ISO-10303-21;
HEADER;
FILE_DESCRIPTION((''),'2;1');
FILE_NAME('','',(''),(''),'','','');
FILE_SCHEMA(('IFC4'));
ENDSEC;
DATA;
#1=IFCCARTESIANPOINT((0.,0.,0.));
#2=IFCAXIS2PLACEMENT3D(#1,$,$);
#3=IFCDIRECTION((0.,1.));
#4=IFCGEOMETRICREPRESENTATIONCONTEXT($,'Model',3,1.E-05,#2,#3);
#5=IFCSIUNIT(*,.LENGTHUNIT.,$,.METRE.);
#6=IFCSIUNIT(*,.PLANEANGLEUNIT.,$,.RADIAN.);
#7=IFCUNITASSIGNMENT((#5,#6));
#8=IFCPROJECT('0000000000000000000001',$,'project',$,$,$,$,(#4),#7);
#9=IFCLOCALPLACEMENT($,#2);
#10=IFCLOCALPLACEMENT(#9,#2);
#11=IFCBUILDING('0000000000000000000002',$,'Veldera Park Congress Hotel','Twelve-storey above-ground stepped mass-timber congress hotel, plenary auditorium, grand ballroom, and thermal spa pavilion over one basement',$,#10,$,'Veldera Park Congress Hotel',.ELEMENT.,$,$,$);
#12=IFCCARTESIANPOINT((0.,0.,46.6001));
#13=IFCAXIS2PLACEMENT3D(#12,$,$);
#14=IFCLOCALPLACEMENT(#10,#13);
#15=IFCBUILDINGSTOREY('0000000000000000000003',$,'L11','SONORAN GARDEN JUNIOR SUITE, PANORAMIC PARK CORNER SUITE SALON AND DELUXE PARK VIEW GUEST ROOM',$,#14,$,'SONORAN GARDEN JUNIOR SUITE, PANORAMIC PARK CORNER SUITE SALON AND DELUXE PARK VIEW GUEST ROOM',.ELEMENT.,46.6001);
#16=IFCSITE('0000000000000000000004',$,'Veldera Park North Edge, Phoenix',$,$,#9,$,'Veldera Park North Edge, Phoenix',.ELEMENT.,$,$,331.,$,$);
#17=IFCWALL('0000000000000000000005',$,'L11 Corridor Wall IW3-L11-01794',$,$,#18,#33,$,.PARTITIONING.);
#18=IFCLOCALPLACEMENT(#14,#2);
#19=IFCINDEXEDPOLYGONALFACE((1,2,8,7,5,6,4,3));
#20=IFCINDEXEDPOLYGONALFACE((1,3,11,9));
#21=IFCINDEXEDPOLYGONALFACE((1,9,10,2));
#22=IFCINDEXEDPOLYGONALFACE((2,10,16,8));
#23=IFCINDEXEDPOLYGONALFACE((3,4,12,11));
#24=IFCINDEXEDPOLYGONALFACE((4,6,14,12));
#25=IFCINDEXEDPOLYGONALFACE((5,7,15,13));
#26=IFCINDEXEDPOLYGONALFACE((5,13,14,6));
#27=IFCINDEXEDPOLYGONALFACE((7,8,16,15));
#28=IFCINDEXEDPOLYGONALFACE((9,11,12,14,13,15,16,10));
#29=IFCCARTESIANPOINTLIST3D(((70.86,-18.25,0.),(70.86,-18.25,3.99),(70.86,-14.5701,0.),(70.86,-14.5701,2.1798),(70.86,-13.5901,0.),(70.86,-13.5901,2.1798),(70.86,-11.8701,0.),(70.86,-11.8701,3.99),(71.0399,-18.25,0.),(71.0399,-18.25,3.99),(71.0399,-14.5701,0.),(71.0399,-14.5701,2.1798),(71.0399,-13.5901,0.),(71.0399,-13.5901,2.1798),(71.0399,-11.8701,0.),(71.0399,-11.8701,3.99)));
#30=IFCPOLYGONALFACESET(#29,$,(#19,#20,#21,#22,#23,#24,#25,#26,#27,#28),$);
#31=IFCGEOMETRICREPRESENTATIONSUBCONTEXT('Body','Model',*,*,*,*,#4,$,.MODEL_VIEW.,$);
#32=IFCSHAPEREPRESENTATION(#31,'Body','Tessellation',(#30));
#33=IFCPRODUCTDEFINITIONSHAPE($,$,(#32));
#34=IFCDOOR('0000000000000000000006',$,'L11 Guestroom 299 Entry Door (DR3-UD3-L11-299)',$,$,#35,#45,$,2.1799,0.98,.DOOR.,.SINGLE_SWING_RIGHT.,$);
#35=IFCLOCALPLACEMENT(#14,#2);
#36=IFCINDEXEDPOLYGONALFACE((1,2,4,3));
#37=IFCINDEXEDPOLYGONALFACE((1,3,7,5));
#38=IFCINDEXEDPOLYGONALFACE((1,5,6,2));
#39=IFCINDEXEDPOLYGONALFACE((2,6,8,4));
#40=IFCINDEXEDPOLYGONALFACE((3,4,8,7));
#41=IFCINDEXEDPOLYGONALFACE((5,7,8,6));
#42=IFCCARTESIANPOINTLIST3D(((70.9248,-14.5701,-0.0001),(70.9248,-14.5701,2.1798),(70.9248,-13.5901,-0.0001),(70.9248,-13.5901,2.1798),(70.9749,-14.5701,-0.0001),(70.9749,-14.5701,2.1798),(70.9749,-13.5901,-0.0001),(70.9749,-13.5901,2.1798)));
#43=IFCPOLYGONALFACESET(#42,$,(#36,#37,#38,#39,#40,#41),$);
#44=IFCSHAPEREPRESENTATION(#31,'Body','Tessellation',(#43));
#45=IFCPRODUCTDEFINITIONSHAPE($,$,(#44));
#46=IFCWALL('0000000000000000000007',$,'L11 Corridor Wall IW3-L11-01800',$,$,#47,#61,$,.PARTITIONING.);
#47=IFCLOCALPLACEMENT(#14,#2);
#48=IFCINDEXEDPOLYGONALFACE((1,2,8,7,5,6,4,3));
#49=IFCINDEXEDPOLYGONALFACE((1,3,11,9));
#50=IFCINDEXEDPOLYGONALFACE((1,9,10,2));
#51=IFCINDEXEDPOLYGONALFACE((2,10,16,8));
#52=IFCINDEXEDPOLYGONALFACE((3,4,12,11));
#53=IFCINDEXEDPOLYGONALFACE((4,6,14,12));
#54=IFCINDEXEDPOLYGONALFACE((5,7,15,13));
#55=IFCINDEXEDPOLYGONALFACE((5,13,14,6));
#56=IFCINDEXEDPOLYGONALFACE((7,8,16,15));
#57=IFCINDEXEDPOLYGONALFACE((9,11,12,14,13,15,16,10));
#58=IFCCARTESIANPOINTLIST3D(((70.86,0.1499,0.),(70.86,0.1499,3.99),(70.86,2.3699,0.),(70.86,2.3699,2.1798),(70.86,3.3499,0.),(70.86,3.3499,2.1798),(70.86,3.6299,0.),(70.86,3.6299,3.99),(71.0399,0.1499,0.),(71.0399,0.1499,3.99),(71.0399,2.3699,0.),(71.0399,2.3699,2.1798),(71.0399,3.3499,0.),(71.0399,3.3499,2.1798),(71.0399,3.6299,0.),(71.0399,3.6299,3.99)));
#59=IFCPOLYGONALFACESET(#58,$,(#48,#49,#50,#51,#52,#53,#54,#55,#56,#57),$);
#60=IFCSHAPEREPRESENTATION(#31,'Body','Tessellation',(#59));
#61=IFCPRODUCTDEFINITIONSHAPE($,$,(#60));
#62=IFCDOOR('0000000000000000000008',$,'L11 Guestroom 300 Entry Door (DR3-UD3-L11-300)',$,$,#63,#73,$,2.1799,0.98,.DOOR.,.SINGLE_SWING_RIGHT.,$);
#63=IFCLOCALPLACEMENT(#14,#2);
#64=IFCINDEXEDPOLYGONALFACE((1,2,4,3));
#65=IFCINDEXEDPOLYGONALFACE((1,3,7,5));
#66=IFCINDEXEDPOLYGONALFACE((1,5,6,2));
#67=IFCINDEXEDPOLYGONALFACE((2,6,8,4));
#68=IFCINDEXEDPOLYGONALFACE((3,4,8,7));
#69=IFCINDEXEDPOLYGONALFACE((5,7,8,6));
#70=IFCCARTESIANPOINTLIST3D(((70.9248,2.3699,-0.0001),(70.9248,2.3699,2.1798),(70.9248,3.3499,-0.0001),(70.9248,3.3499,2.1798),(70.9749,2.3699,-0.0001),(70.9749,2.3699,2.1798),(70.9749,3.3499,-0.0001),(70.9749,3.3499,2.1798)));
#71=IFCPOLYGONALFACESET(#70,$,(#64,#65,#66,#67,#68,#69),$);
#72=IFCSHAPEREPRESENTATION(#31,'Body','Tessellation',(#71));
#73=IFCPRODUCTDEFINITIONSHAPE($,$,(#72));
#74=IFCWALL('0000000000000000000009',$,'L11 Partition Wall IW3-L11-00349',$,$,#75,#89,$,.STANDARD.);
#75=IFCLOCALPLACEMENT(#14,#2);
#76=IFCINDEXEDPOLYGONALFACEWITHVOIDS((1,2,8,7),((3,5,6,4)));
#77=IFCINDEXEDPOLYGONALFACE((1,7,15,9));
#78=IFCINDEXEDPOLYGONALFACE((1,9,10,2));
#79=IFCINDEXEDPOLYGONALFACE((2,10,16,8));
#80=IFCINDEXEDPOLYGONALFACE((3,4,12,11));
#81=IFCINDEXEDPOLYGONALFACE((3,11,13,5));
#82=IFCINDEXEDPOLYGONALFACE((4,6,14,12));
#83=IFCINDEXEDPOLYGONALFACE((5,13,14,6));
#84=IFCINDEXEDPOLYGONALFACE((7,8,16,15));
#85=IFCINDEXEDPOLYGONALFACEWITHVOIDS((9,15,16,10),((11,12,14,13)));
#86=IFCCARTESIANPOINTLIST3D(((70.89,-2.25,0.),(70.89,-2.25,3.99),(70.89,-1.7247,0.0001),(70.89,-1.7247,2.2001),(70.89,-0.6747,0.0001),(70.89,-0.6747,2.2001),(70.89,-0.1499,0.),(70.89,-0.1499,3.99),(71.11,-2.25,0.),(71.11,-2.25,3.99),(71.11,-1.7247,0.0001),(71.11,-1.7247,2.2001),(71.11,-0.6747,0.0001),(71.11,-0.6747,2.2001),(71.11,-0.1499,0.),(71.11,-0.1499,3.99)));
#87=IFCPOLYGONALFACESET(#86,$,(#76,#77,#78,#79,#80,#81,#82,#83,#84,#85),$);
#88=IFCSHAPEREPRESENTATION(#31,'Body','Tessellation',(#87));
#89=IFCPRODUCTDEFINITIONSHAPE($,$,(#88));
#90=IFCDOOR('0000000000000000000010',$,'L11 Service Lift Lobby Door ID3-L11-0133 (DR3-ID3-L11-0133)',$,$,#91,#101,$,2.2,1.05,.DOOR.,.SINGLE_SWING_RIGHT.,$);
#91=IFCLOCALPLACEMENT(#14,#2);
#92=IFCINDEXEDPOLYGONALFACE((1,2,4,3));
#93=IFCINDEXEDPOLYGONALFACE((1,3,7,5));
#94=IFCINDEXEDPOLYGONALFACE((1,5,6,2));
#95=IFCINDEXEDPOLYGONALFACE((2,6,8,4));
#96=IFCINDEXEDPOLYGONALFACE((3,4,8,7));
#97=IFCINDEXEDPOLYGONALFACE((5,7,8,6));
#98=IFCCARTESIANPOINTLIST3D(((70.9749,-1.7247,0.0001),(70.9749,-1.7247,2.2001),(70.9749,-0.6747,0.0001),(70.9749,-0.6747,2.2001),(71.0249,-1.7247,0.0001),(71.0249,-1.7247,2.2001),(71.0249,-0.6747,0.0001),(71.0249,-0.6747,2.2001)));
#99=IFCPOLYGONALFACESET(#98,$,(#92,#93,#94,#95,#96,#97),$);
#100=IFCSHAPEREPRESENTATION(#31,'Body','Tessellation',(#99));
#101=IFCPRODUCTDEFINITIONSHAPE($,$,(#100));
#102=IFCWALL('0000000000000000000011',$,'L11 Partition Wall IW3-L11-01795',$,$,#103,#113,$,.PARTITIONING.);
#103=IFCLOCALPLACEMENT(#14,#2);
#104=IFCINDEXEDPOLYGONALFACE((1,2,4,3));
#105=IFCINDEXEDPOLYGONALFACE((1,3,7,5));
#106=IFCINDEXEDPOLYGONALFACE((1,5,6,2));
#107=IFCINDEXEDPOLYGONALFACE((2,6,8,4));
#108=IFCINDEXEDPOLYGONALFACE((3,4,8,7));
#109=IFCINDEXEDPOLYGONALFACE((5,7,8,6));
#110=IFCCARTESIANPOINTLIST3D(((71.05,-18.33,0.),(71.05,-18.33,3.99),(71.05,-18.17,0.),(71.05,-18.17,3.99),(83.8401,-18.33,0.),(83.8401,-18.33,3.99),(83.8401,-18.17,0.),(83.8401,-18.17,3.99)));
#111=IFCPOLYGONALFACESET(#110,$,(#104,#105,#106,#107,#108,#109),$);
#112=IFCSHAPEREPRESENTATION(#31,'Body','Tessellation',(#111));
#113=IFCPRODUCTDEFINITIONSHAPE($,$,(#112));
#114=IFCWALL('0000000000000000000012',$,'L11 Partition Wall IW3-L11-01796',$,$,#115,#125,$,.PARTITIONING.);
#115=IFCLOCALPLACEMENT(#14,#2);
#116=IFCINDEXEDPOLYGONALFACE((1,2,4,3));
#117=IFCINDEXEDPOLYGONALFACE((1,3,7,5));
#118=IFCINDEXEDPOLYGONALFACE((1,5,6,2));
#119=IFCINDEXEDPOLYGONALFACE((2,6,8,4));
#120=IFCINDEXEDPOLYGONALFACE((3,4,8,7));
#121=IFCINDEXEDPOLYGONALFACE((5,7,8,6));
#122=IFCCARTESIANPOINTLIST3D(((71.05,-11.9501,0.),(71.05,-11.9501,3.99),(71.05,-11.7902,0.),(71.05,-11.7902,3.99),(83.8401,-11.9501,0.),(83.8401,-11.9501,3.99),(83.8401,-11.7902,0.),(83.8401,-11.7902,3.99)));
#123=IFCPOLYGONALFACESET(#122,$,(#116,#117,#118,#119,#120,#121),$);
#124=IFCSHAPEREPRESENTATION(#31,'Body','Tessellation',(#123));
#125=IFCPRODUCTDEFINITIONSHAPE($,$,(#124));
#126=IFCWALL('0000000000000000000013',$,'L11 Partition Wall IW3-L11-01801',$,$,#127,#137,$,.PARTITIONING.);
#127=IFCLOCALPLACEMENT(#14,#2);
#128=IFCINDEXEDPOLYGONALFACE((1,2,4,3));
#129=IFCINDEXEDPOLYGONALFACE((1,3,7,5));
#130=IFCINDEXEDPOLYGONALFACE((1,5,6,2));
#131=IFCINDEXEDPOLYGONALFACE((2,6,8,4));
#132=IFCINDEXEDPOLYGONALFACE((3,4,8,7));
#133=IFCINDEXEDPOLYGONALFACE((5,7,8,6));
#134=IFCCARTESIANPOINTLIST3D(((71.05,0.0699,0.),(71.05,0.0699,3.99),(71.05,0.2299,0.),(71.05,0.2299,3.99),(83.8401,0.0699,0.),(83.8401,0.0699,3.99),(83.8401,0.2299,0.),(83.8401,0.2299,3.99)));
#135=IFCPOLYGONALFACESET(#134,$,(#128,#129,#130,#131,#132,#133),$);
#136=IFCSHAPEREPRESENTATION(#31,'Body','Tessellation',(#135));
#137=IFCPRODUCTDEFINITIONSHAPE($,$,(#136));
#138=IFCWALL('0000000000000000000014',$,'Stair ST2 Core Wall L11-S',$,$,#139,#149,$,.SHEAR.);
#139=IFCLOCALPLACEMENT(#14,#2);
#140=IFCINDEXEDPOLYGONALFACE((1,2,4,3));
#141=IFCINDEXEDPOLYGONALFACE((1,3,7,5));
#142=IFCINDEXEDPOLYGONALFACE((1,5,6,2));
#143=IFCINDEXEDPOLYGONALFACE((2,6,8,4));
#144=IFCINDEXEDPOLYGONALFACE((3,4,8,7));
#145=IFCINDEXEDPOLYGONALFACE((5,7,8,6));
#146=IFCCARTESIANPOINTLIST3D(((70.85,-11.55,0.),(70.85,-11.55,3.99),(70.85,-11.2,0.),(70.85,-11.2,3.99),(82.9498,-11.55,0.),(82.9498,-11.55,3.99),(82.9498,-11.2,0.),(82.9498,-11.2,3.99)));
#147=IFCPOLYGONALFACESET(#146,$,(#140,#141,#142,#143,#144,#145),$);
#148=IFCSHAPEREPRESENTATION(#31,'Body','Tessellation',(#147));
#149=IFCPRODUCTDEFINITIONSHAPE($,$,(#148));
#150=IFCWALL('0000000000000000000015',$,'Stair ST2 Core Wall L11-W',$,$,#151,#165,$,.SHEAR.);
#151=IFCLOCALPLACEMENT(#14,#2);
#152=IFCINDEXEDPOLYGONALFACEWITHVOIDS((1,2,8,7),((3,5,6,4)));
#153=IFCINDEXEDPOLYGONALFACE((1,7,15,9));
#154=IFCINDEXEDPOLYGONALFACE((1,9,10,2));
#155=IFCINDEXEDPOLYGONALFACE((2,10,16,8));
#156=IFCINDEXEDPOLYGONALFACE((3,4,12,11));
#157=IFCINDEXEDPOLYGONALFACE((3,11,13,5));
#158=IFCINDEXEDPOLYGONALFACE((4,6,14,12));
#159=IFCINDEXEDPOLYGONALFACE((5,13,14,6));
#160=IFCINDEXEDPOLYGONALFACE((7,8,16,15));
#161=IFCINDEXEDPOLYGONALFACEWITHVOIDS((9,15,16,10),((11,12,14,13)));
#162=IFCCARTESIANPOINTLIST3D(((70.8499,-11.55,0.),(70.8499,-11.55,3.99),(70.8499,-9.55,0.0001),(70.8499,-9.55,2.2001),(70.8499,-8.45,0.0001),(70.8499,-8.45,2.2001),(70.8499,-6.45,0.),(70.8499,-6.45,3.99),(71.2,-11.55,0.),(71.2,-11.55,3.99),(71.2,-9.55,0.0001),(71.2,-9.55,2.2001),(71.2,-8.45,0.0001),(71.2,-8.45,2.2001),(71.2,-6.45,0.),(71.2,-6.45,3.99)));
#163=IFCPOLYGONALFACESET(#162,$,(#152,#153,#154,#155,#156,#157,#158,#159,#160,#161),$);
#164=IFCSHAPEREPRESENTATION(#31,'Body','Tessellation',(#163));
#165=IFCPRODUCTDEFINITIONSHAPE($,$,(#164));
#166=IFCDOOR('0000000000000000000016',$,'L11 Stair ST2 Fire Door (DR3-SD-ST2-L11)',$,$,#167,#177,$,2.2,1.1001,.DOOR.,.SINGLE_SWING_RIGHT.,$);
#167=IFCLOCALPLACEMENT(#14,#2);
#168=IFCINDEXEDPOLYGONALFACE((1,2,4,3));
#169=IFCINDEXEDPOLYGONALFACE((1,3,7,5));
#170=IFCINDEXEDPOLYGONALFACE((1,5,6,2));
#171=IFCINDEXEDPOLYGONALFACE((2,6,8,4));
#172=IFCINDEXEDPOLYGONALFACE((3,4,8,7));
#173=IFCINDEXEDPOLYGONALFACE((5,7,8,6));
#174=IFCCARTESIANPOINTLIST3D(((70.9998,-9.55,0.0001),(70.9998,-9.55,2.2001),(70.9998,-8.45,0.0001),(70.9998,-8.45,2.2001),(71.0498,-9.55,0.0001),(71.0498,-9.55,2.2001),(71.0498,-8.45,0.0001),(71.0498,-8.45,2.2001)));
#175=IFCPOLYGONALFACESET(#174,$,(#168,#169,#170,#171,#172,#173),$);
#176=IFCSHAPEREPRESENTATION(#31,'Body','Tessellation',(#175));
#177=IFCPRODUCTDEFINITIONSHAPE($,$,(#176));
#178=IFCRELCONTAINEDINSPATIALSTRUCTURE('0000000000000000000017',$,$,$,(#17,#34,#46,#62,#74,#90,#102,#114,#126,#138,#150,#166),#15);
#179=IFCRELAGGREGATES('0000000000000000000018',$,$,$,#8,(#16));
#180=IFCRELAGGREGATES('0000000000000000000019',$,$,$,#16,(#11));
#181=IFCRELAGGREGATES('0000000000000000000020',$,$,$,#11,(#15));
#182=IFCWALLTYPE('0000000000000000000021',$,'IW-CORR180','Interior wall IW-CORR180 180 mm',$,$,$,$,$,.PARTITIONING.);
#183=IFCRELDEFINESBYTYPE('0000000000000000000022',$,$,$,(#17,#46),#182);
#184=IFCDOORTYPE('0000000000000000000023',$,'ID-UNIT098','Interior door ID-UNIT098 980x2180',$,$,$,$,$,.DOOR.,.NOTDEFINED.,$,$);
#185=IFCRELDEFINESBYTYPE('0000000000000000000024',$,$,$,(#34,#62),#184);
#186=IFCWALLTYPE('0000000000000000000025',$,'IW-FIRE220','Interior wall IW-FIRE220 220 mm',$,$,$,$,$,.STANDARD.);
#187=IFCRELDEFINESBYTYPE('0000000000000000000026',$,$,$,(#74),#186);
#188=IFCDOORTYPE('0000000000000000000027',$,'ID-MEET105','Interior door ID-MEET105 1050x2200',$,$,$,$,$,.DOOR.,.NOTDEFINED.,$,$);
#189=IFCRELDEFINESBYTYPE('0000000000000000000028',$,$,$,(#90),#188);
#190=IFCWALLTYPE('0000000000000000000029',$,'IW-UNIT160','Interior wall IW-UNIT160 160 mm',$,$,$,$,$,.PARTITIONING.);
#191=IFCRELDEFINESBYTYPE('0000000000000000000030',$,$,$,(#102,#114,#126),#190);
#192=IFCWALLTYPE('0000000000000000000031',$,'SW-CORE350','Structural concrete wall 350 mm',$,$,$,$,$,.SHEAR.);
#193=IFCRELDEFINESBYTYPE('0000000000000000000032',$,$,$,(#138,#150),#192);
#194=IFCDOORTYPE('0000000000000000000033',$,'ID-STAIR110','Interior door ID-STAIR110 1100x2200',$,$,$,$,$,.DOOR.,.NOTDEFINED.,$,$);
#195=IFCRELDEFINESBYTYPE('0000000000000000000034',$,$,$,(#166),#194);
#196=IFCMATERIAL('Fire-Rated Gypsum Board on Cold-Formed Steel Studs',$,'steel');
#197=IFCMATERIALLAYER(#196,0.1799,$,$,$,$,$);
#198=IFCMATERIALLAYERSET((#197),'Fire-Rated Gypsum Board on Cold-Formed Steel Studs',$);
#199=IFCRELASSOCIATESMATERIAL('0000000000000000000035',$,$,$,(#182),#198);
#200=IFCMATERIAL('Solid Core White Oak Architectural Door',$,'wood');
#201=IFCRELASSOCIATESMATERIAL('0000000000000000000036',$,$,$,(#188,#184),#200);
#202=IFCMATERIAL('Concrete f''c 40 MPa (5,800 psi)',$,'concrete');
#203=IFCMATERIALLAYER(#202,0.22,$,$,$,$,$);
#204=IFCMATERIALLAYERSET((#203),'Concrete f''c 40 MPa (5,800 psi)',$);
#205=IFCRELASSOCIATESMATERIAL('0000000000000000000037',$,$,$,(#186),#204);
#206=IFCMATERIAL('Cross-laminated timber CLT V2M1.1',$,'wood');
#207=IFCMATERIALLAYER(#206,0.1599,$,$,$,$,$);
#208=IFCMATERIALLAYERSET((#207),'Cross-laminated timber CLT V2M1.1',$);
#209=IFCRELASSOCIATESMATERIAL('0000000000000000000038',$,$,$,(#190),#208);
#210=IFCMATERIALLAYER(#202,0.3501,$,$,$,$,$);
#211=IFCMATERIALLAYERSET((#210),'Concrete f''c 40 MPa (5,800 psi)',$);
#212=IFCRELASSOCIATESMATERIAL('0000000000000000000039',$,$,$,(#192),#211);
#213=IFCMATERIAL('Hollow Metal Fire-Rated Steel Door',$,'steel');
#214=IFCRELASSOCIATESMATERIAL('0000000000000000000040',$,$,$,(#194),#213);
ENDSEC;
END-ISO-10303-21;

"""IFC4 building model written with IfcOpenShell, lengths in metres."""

from ifc_helpers import new_model, si_unit, direction, frame, frame_2d, origin, place, context, subcontext, project, spatial, rectangle, extrude, material, layer, layer_set, type_object, element, fill, save


model = new_model("IFC4")

# Units and contexts
model_context = context("Model", 3, precision=1e-05, world=origin(), true_north=direction((0.0, 1.0)))
body_context = subcontext(model_context, "Body", "Model", "MODEL_VIEW")
ifc_project = project(units=[si_unit("LENGTHUNIT", "METRE"), si_unit("PLANEANGLEUNIT", "RADIAN")], contexts=[model_context])

# Site, building, storey
site_placement = place(None, origin())
site = spatial("IfcSite", under=ifc_project, at=site_placement, Name="Veldera Park North Edge, Phoenix", LongName="Veldera Park North Edge, Phoenix", CompositionType="ELEMENT", RefElevation=331.0)
building_placement = place(site_placement, origin())
building = spatial("IfcBuilding", under=site, at=building_placement, Name="Veldera Park Congress Hotel", Description="Twelve-storey above-ground stepped mass-timber congress hotel, plenary auditorium, grand ballroom, and thermal spa pavilion over one basement", LongName="Veldera Park Congress Hotel", CompositionType="ELEMENT")
storey_placement = place(building_placement, frame((0.0, 0.0, 46.6001)))
storey = spatial("IfcBuildingStorey", under=building, at=storey_placement, Name="L11", Description="SONORAN GARDEN JUNIOR SUITE, PANORAMIC PARK CORNER SUITE SALON AND DELUXE PARK VIEW GUEST ROOM", LongName="SONORAN GARDEN JUNIOR SUITE, PANORAMIC PARK CORNER SUITE SALON AND DELUXE PARK VIEW GUEST ROOM", CompositionType="ELEMENT", Elevation=46.6001)

# Shared definitions
ifc_material_1 = material(Name="Cross-laminated timber CLT V2M1.1", Category="wood")

# Shared definitions
ifc_material_2 = material(Name="Fire-Rated Gypsum Board on Cold-Formed Steel Studs", Category="steel")

# Shared definitions
ifc_material_3 = material(Name="Solid Core White Oak Architectural Door", Category="wood")

# Shared definitions
ifc_layer_1 = layer(ifc_material_2, 0.1799)
ifc_layer_set_1 = layer_set([ifc_layer_1], Name="Fire-Rated Gypsum Board on Cold-Formed Steel Studs")
wall_type_1 = type_object("IfcWallType", Name="IW-CORR180", Description="Interior wall IW-CORR180 180 mm", PredefinedType="PARTITIONING", material=ifc_layer_set_1)
door_type_1 = type_object("IfcDoorType", Name="ID-MEET105", Description="Interior door ID-MEET105 1050x2200", OperationType="NOTDEFINED", PredefinedType="DOOR", material=ifc_material_3)

# Walls, openings, doors
wall_1_placement = place(storey_placement, frame((70.95, -11.8701, 0.0), z_axis=(0.0, 0.0, 1.0), x_axis=(0.0, -1.0, 0.0)))
wall_1 = element("IfcWall", 1, at=wall_1_placement, inside=storey, type_object=wall_type_1, Name="L11 Corridor Wall IW3-L11-01794", PredefinedType="PARTITIONING", context=body_context, shape_type="SweptSolid", body=[
    extrude(rectangle(XDim=6.3799, YDim=0.1799, at=frame_2d((3.1899, 0.0))), origin(), (0.0, 0.0, 1.0), 3.99),
])
opening_1_placement = place(wall_1_placement, frame((1.72, 0.0, 0.0)))
opening_1 = element("IfcOpeningElement", 2, at=opening_1_placement, cuts=wall_1, PredefinedType="OPENING", context=body_context, shape_type="SweptSolid", body=[
    extrude(rectangle(XDim=0.98, YDim=2.1799, at=frame_2d((0.49, 1.0898))), frame((0.0, 0.1021, 0.0), z_axis=(0.0, -1.0, 0.0), x_axis=(1.0, 0.0, 0.0)), (0.0, 0.0, 1.0), 0.2039),
])
door_type_2 = type_object("IfcDoorType", Name="ID-UNIT098", Description="Interior door ID-UNIT098 980x2180", OperationType="NOTDEFINED", PredefinedType="DOOR", material=ifc_material_3)
door_1_placement = place(opening_1_placement, origin())
door_1 = element("IfcDoor", 3, at=door_1_placement, inside=storey, type_object=door_type_2, Name="L11 Guestroom 299 Entry Door (DR3-UD3-L11-299)", OperationType="SINGLE_SWING_RIGHT", OverallHeight=2.1799, OverallWidth=0.98, PredefinedType="DOOR", context=body_context, shape_type="SweptSolid", body=[
    extrude(rectangle(XDim=0.98, YDim=2.1799, at=frame_2d((0.49, 1.0898))), frame((0.0, 0.0249, 0.0), z_axis=(0.0, -1.0, 0.0), x_axis=(1.0, 0.0, 0.0)), (0.0, 0.0, 1.0), 0.05),
])
fill(opening_1, door_1)
wall_2_placement = place(storey_placement, frame((70.95, 3.6299, 0.0), z_axis=(0.0, 0.0, 1.0), x_axis=(0.0, -1.0, 0.0)))
wall_2 = element("IfcWall", 4, at=wall_2_placement, inside=storey, type_object=wall_type_1, Name="L11 Corridor Wall IW3-L11-01800", PredefinedType="PARTITIONING", context=body_context, shape_type="SweptSolid", body=[
    extrude(rectangle(XDim=3.48, YDim=0.1799, at=frame_2d((1.74, 0.0))), origin(), (0.0, 0.0, 1.0), 3.99),
])
opening_2_placement = place(wall_2_placement, frame((0.28, 0.0, 0.0)))
opening_2 = element("IfcOpeningElement", 5, at=opening_2_placement, cuts=wall_2, PredefinedType="OPENING", context=body_context, shape_type="SweptSolid", body=[
    extrude(rectangle(XDim=0.98, YDim=2.1799, at=frame_2d((0.49, 1.0898))), frame((0.0, 0.1021, 0.0), z_axis=(0.0, -1.0, 0.0), x_axis=(1.0, 0.0, 0.0)), (0.0, 0.0, 1.0), 0.2039),
])
door_2_placement = place(opening_2_placement, origin())
door_2 = element("IfcDoor", 6, at=door_2_placement, inside=storey, type_object=door_type_2, Name="L11 Guestroom 300 Entry Door (DR3-UD3-L11-300)", OperationType="SINGLE_SWING_RIGHT", OverallHeight=2.1799, OverallWidth=0.98, PredefinedType="DOOR", context=body_context, shape_type="SweptSolid", body=[
    extrude(rectangle(XDim=0.98, YDim=2.1799, at=frame_2d((0.49, 1.0898))), frame((0.0, 0.0249, 0.0), z_axis=(0.0, -1.0, 0.0), x_axis=(1.0, 0.0, 0.0)), (0.0, 0.0, 1.0), 0.05),
])
fill(opening_2, door_2)
ifc_material_4 = material(Name="Concrete f'c 40 MPa (5,800 psi)", Category="concrete")
ifc_layer_2 = layer(ifc_material_4, 0.22)
ifc_layer_set_2 = layer_set([ifc_layer_2], Name="Concrete f'c 40 MPa (5,800 psi)")
wall_type_2 = type_object("IfcWallType", Name="IW-FIRE220", Description="Interior wall IW-FIRE220 220 mm", PredefinedType="STANDARD", material=ifc_layer_set_2)
wall_3_placement = place(storey_placement, frame((71.0, -0.1499, 0.0), z_axis=(0.0, 0.0, 1.0), x_axis=(0.0, -1.0, 0.0)))
wall_3 = element("IfcWall", 7, at=wall_3_placement, inside=storey, type_object=wall_type_2, Name="L11 Partition Wall IW3-L11-00349", PredefinedType="STANDARD", context=body_context, shape_type="SweptSolid", body=[
    extrude(rectangle(XDim=2.1001, YDim=0.22, at=frame_2d((1.05, 0.0))), origin(), (0.0, 0.0, 1.0), 3.99),
])
opening_3_placement = place(wall_3_placement, frame((0.5249, 0.0, 0.0)))
opening_3 = element("IfcOpeningElement", 8, at=opening_3_placement, cuts=wall_3, PredefinedType="OPENING", context=body_context, shape_type="SweptSolid", body=[
    extrude(rectangle(XDim=1.05, YDim=2.2, at=frame_2d((0.5249, 1.1001))), frame((0.0, 0.1221, 0.0), z_axis=(0.0, -1.0, 0.0), x_axis=(1.0, 0.0, 0.0)), (0.0, 0.0, 1.0), 0.2439),
])
door_3_placement = place(opening_3_placement, origin())
door_3 = element("IfcDoor", 9, at=door_3_placement, inside=storey, type_object=door_type_1, Name="L11 Service Lift Lobby Door ID3-L11-0133 (DR3-ID3-L11-0133)", OperationType="SINGLE_SWING_RIGHT", OverallHeight=2.2, OverallWidth=1.05, PredefinedType="DOOR", context=body_context, shape_type="SweptSolid", body=[
    extrude(rectangle(XDim=1.05, YDim=2.2, at=frame_2d((0.5249, 1.1001))), frame((0.0, 0.0249, 0.0), z_axis=(0.0, -1.0, 0.0), x_axis=(1.0, 0.0, 0.0)), (0.0, 0.0, 1.0), 0.05),
])
fill(opening_3, door_3)

# Walls
ifc_layer_3 = layer(ifc_material_1, 0.1599)
ifc_layer_set_3 = layer_set([ifc_layer_3], Name="Cross-laminated timber CLT V2M1.1")
wall_type_3 = type_object("IfcWallType", Name="IW-UNIT160", Description="Interior wall IW-UNIT160 160 mm", PredefinedType="PARTITIONING", material=ifc_layer_set_3)
for number, where, z_axis, x_axis, name in (
    (10, (71.05, -18.25, 0.0), (0.0, 0.0, 1.0), (1.0, 0.0, 0.0), "L11 Partition Wall IW3-L11-01795"),
    (11, (71.05, -11.8701, 0.0), (0.0, 0.0, 1.0), (1.0, 0.0, 0.0), "L11 Partition Wall IW3-L11-01796"),
    (12, (71.05, 0.1499, 0.0), (0.0, 0.0, 1.0), (1.0, 0.0, 0.0), "L11 Partition Wall IW3-L11-01801"),
):
    element("IfcWall", number, at=place(storey_placement, frame(where, z_axis=z_axis, x_axis=x_axis)), inside=storey, type_object=wall_type_3, Name=name, PredefinedType="PARTITIONING", context=body_context, shape_type="SweptSolid", body=[
        extrude(rectangle(XDim=12.79, YDim=0.1599, at=frame_2d((6.395, 0.0))), origin(), (0.0, 0.0, 1.0), 3.99),
    ])
ifc_layer_4 = layer(ifc_material_4, 0.3501)
ifc_layer_set_4 = layer_set([ifc_layer_4], Name="Concrete f'c 40 MPa (5,800 psi)")
wall_type_4 = type_object("IfcWallType", Name="SW-CORE350", Description="Structural concrete wall 350 mm", PredefinedType="SHEAR", material=ifc_layer_set_4)
wall_4_placement = place(storey_placement, frame((70.8501, -11.375, 0.0), z_axis=(0.0, 0.0, 1.0), x_axis=(1.0, 0.0, 0.0)))
element("IfcWall", 13, at=wall_4_placement, inside=storey, type_object=wall_type_4, Name="Stair ST2 Core Wall L11-S", PredefinedType="SHEAR", context=body_context, shape_type="SweptSolid", body=[
    extrude(rectangle(XDim=12.0999, YDim=0.3501, at=frame_2d((6.0498, 0.0))), origin(), (0.0, 0.0, 1.0), 3.99),
])

# Wall, opening, door
wall_5_placement = place(storey_placement, frame((71.0249, -6.45, 0.0), z_axis=(0.0, 0.0, 1.0), x_axis=(0.0, -1.0, 0.0)))
wall_5 = element("IfcWall", 14, at=wall_5_placement, inside=storey, type_object=wall_type_4, Name="Stair ST2 Core Wall L11-W", PredefinedType="SHEAR", context=body_context, shape_type="SweptSolid", body=[
    extrude(rectangle(XDim=5.1001, YDim=0.3501, at=frame_2d((2.55, 0.0))), origin(), (0.0, 0.0, 1.0), 3.99),
])
opening_4_placement = place(wall_5_placement, frame((2.0, 0.0, 0.0)))
opening_4 = element("IfcOpeningElement", 15, at=opening_4_placement, cuts=wall_5, PredefinedType="OPENING", context=body_context, shape_type="SweptSolid", body=[
    extrude(rectangle(XDim=1.1001, YDim=2.2, at=frame_2d((0.55, 1.1001))), frame((0.0, 0.187, 0.0), z_axis=(0.0, -1.0, 0.0), x_axis=(1.0, 0.0, 0.0)), (0.0, 0.0, 1.0), 0.374),
])
ifc_material_5 = material(Name="Hollow Metal Fire-Rated Steel Door", Category="steel")
door_type_3 = type_object("IfcDoorType", Name="ID-STAIR110", Description="Interior door ID-STAIR110 1100x2200", OperationType="NOTDEFINED", PredefinedType="DOOR", material=ifc_material_5)
door_4_placement = place(opening_4_placement, origin())
door_4 = element("IfcDoor", 16, at=door_4_placement, inside=storey, type_object=door_type_3, Name="L11 Stair ST2 Fire Door (DR3-SD-ST2-L11)", OperationType="SINGLE_SWING_RIGHT", OverallHeight=2.2, OverallWidth=1.1001, PredefinedType="DOOR", context=body_context, shape_type="SweptSolid", body=[
    extrude(rectangle(XDim=1.1001, YDim=2.2, at=frame_2d((0.55, 1.1001))), frame((0.0, 0.0249, 0.0), z_axis=(0.0, -1.0, 0.0), x_axis=(1.0, 0.0, 0.0)), (0.0, 0.0, 1.0), 0.05),
])
fill(opening_4, door_4)

save(model, "model.ifc")
